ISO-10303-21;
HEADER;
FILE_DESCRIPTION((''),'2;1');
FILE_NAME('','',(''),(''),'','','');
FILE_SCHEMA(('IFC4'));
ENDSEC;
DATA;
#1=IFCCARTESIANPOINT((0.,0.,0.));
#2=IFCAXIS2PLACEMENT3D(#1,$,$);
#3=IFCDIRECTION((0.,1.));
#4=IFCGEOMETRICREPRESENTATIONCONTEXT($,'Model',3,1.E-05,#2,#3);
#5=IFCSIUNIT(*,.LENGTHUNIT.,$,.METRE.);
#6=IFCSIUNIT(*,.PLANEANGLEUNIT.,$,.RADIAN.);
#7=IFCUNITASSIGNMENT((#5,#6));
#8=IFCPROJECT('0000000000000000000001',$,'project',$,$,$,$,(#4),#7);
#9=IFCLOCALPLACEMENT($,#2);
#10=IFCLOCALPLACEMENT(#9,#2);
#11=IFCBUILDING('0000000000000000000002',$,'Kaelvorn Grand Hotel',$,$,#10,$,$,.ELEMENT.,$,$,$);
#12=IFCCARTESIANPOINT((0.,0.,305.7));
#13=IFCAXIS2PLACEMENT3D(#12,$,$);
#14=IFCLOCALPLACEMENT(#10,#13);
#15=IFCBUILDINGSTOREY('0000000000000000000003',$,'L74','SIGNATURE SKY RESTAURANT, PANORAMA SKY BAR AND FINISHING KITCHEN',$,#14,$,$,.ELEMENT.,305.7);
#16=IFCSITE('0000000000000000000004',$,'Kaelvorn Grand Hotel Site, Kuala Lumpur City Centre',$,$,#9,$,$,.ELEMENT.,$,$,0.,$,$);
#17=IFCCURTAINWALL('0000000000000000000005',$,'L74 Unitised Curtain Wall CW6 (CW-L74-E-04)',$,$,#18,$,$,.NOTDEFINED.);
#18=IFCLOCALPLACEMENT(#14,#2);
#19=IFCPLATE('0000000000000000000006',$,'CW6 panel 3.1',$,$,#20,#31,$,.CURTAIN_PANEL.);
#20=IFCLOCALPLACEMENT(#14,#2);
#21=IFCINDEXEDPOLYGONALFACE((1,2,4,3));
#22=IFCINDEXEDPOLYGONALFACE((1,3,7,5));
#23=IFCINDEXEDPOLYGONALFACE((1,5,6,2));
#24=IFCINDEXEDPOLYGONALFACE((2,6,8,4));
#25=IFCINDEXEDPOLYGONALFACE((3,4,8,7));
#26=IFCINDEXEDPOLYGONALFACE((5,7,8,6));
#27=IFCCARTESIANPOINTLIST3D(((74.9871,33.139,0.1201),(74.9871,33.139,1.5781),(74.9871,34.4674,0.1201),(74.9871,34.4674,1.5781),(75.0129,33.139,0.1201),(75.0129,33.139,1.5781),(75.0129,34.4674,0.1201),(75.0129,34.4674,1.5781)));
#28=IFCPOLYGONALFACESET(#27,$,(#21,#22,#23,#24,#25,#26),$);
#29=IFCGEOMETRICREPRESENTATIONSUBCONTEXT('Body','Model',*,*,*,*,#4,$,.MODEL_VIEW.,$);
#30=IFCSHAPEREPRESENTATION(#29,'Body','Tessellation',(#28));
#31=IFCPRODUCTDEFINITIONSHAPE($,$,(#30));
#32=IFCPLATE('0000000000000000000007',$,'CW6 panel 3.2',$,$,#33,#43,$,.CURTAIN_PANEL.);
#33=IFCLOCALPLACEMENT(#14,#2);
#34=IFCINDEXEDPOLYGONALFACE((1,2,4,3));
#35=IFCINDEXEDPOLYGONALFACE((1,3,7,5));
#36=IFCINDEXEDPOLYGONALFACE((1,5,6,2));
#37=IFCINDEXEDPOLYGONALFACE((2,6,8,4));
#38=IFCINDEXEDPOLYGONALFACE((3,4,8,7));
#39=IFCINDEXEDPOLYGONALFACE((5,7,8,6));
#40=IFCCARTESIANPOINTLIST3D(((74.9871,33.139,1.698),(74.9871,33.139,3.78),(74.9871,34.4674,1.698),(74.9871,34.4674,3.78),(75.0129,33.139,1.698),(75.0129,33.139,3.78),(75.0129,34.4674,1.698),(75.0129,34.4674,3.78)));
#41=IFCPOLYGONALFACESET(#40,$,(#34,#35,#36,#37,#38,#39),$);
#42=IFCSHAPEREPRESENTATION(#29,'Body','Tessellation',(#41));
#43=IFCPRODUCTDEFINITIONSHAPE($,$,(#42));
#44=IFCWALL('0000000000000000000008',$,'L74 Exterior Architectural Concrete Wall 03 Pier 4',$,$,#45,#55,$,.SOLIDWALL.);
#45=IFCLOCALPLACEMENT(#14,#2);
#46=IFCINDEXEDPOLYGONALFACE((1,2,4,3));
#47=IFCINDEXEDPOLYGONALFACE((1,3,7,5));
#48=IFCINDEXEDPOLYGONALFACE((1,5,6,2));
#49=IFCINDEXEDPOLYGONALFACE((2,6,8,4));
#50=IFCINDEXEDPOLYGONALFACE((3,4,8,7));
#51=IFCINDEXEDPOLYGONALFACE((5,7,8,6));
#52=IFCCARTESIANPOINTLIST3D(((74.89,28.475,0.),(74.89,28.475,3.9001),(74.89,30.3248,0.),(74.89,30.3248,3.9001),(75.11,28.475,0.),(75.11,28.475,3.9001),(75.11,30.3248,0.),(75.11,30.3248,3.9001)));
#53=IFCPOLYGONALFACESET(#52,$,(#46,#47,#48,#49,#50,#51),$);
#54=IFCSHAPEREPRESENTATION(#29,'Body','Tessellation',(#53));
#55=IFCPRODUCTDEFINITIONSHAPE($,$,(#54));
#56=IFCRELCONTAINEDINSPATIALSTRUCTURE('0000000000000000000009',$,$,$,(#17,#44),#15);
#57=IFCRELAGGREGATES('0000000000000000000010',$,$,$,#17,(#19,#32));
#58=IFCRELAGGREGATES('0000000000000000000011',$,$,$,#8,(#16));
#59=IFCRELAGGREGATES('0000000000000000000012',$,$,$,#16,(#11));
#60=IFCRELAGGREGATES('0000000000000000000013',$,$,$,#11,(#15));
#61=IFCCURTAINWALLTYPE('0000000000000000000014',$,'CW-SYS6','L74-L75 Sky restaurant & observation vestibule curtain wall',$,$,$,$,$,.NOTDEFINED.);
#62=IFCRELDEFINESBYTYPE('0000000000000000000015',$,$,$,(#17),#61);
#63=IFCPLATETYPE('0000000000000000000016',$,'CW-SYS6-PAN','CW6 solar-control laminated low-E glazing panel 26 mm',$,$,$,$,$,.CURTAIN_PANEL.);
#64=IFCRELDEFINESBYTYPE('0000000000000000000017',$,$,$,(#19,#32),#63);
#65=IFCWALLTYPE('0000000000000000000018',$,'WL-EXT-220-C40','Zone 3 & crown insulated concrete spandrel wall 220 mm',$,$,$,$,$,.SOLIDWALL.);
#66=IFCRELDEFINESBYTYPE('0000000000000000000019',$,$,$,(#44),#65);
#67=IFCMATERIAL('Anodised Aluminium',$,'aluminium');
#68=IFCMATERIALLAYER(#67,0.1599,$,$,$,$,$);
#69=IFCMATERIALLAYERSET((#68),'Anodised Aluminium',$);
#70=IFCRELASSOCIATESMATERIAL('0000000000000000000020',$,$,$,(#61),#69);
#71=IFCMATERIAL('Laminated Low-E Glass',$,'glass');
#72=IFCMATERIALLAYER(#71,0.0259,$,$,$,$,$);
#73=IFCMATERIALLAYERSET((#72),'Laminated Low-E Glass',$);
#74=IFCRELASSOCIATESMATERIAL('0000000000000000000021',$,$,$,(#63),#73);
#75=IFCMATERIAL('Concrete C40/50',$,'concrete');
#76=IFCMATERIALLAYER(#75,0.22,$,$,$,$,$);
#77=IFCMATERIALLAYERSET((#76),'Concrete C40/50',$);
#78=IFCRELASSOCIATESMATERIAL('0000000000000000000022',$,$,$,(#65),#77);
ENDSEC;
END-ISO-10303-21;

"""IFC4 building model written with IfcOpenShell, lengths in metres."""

from ifc_helpers import new_model, si_unit, direction, frame, frame_2d, origin, origin_2d, place, context, subcontext, project, spatial, rectangle, extrude, material, layer, layer_set, type_object, element, aggregate, save


model = new_model("IFC4")

# Units and contexts
model_context = context("Model", 3, precision=1e-05, world=origin(), true_north=direction((0.0, 1.0)))
body_context = subcontext(model_context, "Body", "Model", "MODEL_VIEW")
ifc_project = project(units=[si_unit("LENGTHUNIT", "METRE"), si_unit("PLANEANGLEUNIT", "RADIAN")], contexts=[model_context])

# Site, building, storey
site_placement = place(None, origin())
site = spatial("IfcSite", under=ifc_project, at=site_placement, Name="Kaelvorn Grand Hotel Site, Kuala Lumpur City Centre", CompositionType="ELEMENT", RefElevation=0.0)
building_placement = place(site_placement, origin())
building = spatial("IfcBuilding", under=site, at=building_placement, Name="Kaelvorn Grand Hotel", CompositionType="ELEMENT")
storey_placement = place(building_placement, frame((0.0, 0.0, 305.7)))
storey = spatial("IfcBuildingStorey", under=building, at=storey_placement, Name="L74", Description="SIGNATURE SKY RESTAURANT, PANORAMA SKY BAR AND FINISHING KITCHEN", CompositionType="ELEMENT", Elevation=305.7)

# Curtain wall, plates
ifc_material_1 = material(Name="Anodised Aluminium", Category="aluminium")
ifc_layer_1 = layer(ifc_material_1, 0.1599)
ifc_layer_set_1 = layer_set([ifc_layer_1], Name="Anodised Aluminium")
curtain_wall_type = type_object("IfcCurtainWallType", Name="CW-SYS6", Description="L74-L75 Sky restaurant & observation vestibule curtain wall", PredefinedType="NOTDEFINED", material=ifc_layer_set_1)
curtain_wall_placement = place(storey_placement, origin())
curtain_wall = element("IfcCurtainWall", 1, at=curtain_wall_placement, inside=storey, type_object=curtain_wall_type, Name="L74 Unitised Curtain Wall CW6 (CW-L74-E-04)", PredefinedType="NOTDEFINED")
ifc_material_2 = material(Name="Laminated Low-E Glass", Category="glass")
ifc_layer_2 = layer(ifc_material_2, 0.0259)
ifc_layer_set_2 = layer_set([ifc_layer_2], Name="Laminated Low-E Glass")
plate_type = type_object("IfcPlateType", Name="CW-SYS6-PAN", Description="CW6 solar-control laminated low-E glazing panel 26 mm", PredefinedType="CURTAIN_PANEL", material=ifc_layer_set_2)
plate_1_placement = place(storey_placement, frame((75.0, 33.8032, 0.1201), z_axis=(0.0, 0.0, 1.0), x_axis=(0.0, 1.0, 0.0)))
plate_1 = element("IfcPlate", 2, at=plate_1_placement, type_object=plate_type, Name="CW6 panel 3.1", PredefinedType="CURTAIN_PANEL", context=body_context, shape_type="SweptSolid", body=[
    extrude(rectangle(XDim=1.3284, YDim=0.0259, at=origin_2d()), origin(), (0.0, 0.0, 1.0), 1.458),
])
plate_2_placement = place(storey_placement, frame((75.0, 33.8032, 1.698), z_axis=(0.0, 0.0, 1.0), x_axis=(0.0, 1.0, 0.0)))
plate_2 = element("IfcPlate", 3, at=plate_2_placement, type_object=plate_type, Name="CW6 panel 3.2", PredefinedType="CURTAIN_PANEL", context=body_context, shape_type="SweptSolid", body=[
    extrude(rectangle(XDim=1.3284, YDim=0.0259, at=origin_2d()), origin(), (0.0, 0.0, 1.0), 2.082),
])
aggregate(curtain_wall, [plate_1, plate_2])

# Wall
ifc_material_3 = material(Name="Concrete C40/50", Category="concrete")
ifc_layer_3 = layer(ifc_material_3, 0.22)
ifc_layer_set_3 = layer_set([ifc_layer_3], Name="Concrete C40/50")
wall_type = type_object("IfcWallType", Name="WL-EXT-220-C40", Description="Zone 3 & crown insulated concrete spandrel wall 220 mm", PredefinedType="SOLIDWALL", material=ifc_layer_set_3)
wall_placement = place(storey_placement, frame((75.0, 28.4751, 0.0), z_axis=(0.0, 0.0, 1.0), x_axis=(0.0, 1.0, 0.0)))
element("IfcWall", 4, at=wall_placement, inside=storey, type_object=wall_type, Name="L74 Exterior Architectural Concrete Wall 03 Pier 4", PredefinedType="SOLIDWALL", context=body_context, shape_type="SweptSolid", body=[
    extrude(rectangle(XDim=1.8499, YDim=0.22, at=frame_2d((0.9248, 0.0))), origin(), (0.0, 0.0, 1.0), 3.9001),
])

save(model, "model.ifc")
